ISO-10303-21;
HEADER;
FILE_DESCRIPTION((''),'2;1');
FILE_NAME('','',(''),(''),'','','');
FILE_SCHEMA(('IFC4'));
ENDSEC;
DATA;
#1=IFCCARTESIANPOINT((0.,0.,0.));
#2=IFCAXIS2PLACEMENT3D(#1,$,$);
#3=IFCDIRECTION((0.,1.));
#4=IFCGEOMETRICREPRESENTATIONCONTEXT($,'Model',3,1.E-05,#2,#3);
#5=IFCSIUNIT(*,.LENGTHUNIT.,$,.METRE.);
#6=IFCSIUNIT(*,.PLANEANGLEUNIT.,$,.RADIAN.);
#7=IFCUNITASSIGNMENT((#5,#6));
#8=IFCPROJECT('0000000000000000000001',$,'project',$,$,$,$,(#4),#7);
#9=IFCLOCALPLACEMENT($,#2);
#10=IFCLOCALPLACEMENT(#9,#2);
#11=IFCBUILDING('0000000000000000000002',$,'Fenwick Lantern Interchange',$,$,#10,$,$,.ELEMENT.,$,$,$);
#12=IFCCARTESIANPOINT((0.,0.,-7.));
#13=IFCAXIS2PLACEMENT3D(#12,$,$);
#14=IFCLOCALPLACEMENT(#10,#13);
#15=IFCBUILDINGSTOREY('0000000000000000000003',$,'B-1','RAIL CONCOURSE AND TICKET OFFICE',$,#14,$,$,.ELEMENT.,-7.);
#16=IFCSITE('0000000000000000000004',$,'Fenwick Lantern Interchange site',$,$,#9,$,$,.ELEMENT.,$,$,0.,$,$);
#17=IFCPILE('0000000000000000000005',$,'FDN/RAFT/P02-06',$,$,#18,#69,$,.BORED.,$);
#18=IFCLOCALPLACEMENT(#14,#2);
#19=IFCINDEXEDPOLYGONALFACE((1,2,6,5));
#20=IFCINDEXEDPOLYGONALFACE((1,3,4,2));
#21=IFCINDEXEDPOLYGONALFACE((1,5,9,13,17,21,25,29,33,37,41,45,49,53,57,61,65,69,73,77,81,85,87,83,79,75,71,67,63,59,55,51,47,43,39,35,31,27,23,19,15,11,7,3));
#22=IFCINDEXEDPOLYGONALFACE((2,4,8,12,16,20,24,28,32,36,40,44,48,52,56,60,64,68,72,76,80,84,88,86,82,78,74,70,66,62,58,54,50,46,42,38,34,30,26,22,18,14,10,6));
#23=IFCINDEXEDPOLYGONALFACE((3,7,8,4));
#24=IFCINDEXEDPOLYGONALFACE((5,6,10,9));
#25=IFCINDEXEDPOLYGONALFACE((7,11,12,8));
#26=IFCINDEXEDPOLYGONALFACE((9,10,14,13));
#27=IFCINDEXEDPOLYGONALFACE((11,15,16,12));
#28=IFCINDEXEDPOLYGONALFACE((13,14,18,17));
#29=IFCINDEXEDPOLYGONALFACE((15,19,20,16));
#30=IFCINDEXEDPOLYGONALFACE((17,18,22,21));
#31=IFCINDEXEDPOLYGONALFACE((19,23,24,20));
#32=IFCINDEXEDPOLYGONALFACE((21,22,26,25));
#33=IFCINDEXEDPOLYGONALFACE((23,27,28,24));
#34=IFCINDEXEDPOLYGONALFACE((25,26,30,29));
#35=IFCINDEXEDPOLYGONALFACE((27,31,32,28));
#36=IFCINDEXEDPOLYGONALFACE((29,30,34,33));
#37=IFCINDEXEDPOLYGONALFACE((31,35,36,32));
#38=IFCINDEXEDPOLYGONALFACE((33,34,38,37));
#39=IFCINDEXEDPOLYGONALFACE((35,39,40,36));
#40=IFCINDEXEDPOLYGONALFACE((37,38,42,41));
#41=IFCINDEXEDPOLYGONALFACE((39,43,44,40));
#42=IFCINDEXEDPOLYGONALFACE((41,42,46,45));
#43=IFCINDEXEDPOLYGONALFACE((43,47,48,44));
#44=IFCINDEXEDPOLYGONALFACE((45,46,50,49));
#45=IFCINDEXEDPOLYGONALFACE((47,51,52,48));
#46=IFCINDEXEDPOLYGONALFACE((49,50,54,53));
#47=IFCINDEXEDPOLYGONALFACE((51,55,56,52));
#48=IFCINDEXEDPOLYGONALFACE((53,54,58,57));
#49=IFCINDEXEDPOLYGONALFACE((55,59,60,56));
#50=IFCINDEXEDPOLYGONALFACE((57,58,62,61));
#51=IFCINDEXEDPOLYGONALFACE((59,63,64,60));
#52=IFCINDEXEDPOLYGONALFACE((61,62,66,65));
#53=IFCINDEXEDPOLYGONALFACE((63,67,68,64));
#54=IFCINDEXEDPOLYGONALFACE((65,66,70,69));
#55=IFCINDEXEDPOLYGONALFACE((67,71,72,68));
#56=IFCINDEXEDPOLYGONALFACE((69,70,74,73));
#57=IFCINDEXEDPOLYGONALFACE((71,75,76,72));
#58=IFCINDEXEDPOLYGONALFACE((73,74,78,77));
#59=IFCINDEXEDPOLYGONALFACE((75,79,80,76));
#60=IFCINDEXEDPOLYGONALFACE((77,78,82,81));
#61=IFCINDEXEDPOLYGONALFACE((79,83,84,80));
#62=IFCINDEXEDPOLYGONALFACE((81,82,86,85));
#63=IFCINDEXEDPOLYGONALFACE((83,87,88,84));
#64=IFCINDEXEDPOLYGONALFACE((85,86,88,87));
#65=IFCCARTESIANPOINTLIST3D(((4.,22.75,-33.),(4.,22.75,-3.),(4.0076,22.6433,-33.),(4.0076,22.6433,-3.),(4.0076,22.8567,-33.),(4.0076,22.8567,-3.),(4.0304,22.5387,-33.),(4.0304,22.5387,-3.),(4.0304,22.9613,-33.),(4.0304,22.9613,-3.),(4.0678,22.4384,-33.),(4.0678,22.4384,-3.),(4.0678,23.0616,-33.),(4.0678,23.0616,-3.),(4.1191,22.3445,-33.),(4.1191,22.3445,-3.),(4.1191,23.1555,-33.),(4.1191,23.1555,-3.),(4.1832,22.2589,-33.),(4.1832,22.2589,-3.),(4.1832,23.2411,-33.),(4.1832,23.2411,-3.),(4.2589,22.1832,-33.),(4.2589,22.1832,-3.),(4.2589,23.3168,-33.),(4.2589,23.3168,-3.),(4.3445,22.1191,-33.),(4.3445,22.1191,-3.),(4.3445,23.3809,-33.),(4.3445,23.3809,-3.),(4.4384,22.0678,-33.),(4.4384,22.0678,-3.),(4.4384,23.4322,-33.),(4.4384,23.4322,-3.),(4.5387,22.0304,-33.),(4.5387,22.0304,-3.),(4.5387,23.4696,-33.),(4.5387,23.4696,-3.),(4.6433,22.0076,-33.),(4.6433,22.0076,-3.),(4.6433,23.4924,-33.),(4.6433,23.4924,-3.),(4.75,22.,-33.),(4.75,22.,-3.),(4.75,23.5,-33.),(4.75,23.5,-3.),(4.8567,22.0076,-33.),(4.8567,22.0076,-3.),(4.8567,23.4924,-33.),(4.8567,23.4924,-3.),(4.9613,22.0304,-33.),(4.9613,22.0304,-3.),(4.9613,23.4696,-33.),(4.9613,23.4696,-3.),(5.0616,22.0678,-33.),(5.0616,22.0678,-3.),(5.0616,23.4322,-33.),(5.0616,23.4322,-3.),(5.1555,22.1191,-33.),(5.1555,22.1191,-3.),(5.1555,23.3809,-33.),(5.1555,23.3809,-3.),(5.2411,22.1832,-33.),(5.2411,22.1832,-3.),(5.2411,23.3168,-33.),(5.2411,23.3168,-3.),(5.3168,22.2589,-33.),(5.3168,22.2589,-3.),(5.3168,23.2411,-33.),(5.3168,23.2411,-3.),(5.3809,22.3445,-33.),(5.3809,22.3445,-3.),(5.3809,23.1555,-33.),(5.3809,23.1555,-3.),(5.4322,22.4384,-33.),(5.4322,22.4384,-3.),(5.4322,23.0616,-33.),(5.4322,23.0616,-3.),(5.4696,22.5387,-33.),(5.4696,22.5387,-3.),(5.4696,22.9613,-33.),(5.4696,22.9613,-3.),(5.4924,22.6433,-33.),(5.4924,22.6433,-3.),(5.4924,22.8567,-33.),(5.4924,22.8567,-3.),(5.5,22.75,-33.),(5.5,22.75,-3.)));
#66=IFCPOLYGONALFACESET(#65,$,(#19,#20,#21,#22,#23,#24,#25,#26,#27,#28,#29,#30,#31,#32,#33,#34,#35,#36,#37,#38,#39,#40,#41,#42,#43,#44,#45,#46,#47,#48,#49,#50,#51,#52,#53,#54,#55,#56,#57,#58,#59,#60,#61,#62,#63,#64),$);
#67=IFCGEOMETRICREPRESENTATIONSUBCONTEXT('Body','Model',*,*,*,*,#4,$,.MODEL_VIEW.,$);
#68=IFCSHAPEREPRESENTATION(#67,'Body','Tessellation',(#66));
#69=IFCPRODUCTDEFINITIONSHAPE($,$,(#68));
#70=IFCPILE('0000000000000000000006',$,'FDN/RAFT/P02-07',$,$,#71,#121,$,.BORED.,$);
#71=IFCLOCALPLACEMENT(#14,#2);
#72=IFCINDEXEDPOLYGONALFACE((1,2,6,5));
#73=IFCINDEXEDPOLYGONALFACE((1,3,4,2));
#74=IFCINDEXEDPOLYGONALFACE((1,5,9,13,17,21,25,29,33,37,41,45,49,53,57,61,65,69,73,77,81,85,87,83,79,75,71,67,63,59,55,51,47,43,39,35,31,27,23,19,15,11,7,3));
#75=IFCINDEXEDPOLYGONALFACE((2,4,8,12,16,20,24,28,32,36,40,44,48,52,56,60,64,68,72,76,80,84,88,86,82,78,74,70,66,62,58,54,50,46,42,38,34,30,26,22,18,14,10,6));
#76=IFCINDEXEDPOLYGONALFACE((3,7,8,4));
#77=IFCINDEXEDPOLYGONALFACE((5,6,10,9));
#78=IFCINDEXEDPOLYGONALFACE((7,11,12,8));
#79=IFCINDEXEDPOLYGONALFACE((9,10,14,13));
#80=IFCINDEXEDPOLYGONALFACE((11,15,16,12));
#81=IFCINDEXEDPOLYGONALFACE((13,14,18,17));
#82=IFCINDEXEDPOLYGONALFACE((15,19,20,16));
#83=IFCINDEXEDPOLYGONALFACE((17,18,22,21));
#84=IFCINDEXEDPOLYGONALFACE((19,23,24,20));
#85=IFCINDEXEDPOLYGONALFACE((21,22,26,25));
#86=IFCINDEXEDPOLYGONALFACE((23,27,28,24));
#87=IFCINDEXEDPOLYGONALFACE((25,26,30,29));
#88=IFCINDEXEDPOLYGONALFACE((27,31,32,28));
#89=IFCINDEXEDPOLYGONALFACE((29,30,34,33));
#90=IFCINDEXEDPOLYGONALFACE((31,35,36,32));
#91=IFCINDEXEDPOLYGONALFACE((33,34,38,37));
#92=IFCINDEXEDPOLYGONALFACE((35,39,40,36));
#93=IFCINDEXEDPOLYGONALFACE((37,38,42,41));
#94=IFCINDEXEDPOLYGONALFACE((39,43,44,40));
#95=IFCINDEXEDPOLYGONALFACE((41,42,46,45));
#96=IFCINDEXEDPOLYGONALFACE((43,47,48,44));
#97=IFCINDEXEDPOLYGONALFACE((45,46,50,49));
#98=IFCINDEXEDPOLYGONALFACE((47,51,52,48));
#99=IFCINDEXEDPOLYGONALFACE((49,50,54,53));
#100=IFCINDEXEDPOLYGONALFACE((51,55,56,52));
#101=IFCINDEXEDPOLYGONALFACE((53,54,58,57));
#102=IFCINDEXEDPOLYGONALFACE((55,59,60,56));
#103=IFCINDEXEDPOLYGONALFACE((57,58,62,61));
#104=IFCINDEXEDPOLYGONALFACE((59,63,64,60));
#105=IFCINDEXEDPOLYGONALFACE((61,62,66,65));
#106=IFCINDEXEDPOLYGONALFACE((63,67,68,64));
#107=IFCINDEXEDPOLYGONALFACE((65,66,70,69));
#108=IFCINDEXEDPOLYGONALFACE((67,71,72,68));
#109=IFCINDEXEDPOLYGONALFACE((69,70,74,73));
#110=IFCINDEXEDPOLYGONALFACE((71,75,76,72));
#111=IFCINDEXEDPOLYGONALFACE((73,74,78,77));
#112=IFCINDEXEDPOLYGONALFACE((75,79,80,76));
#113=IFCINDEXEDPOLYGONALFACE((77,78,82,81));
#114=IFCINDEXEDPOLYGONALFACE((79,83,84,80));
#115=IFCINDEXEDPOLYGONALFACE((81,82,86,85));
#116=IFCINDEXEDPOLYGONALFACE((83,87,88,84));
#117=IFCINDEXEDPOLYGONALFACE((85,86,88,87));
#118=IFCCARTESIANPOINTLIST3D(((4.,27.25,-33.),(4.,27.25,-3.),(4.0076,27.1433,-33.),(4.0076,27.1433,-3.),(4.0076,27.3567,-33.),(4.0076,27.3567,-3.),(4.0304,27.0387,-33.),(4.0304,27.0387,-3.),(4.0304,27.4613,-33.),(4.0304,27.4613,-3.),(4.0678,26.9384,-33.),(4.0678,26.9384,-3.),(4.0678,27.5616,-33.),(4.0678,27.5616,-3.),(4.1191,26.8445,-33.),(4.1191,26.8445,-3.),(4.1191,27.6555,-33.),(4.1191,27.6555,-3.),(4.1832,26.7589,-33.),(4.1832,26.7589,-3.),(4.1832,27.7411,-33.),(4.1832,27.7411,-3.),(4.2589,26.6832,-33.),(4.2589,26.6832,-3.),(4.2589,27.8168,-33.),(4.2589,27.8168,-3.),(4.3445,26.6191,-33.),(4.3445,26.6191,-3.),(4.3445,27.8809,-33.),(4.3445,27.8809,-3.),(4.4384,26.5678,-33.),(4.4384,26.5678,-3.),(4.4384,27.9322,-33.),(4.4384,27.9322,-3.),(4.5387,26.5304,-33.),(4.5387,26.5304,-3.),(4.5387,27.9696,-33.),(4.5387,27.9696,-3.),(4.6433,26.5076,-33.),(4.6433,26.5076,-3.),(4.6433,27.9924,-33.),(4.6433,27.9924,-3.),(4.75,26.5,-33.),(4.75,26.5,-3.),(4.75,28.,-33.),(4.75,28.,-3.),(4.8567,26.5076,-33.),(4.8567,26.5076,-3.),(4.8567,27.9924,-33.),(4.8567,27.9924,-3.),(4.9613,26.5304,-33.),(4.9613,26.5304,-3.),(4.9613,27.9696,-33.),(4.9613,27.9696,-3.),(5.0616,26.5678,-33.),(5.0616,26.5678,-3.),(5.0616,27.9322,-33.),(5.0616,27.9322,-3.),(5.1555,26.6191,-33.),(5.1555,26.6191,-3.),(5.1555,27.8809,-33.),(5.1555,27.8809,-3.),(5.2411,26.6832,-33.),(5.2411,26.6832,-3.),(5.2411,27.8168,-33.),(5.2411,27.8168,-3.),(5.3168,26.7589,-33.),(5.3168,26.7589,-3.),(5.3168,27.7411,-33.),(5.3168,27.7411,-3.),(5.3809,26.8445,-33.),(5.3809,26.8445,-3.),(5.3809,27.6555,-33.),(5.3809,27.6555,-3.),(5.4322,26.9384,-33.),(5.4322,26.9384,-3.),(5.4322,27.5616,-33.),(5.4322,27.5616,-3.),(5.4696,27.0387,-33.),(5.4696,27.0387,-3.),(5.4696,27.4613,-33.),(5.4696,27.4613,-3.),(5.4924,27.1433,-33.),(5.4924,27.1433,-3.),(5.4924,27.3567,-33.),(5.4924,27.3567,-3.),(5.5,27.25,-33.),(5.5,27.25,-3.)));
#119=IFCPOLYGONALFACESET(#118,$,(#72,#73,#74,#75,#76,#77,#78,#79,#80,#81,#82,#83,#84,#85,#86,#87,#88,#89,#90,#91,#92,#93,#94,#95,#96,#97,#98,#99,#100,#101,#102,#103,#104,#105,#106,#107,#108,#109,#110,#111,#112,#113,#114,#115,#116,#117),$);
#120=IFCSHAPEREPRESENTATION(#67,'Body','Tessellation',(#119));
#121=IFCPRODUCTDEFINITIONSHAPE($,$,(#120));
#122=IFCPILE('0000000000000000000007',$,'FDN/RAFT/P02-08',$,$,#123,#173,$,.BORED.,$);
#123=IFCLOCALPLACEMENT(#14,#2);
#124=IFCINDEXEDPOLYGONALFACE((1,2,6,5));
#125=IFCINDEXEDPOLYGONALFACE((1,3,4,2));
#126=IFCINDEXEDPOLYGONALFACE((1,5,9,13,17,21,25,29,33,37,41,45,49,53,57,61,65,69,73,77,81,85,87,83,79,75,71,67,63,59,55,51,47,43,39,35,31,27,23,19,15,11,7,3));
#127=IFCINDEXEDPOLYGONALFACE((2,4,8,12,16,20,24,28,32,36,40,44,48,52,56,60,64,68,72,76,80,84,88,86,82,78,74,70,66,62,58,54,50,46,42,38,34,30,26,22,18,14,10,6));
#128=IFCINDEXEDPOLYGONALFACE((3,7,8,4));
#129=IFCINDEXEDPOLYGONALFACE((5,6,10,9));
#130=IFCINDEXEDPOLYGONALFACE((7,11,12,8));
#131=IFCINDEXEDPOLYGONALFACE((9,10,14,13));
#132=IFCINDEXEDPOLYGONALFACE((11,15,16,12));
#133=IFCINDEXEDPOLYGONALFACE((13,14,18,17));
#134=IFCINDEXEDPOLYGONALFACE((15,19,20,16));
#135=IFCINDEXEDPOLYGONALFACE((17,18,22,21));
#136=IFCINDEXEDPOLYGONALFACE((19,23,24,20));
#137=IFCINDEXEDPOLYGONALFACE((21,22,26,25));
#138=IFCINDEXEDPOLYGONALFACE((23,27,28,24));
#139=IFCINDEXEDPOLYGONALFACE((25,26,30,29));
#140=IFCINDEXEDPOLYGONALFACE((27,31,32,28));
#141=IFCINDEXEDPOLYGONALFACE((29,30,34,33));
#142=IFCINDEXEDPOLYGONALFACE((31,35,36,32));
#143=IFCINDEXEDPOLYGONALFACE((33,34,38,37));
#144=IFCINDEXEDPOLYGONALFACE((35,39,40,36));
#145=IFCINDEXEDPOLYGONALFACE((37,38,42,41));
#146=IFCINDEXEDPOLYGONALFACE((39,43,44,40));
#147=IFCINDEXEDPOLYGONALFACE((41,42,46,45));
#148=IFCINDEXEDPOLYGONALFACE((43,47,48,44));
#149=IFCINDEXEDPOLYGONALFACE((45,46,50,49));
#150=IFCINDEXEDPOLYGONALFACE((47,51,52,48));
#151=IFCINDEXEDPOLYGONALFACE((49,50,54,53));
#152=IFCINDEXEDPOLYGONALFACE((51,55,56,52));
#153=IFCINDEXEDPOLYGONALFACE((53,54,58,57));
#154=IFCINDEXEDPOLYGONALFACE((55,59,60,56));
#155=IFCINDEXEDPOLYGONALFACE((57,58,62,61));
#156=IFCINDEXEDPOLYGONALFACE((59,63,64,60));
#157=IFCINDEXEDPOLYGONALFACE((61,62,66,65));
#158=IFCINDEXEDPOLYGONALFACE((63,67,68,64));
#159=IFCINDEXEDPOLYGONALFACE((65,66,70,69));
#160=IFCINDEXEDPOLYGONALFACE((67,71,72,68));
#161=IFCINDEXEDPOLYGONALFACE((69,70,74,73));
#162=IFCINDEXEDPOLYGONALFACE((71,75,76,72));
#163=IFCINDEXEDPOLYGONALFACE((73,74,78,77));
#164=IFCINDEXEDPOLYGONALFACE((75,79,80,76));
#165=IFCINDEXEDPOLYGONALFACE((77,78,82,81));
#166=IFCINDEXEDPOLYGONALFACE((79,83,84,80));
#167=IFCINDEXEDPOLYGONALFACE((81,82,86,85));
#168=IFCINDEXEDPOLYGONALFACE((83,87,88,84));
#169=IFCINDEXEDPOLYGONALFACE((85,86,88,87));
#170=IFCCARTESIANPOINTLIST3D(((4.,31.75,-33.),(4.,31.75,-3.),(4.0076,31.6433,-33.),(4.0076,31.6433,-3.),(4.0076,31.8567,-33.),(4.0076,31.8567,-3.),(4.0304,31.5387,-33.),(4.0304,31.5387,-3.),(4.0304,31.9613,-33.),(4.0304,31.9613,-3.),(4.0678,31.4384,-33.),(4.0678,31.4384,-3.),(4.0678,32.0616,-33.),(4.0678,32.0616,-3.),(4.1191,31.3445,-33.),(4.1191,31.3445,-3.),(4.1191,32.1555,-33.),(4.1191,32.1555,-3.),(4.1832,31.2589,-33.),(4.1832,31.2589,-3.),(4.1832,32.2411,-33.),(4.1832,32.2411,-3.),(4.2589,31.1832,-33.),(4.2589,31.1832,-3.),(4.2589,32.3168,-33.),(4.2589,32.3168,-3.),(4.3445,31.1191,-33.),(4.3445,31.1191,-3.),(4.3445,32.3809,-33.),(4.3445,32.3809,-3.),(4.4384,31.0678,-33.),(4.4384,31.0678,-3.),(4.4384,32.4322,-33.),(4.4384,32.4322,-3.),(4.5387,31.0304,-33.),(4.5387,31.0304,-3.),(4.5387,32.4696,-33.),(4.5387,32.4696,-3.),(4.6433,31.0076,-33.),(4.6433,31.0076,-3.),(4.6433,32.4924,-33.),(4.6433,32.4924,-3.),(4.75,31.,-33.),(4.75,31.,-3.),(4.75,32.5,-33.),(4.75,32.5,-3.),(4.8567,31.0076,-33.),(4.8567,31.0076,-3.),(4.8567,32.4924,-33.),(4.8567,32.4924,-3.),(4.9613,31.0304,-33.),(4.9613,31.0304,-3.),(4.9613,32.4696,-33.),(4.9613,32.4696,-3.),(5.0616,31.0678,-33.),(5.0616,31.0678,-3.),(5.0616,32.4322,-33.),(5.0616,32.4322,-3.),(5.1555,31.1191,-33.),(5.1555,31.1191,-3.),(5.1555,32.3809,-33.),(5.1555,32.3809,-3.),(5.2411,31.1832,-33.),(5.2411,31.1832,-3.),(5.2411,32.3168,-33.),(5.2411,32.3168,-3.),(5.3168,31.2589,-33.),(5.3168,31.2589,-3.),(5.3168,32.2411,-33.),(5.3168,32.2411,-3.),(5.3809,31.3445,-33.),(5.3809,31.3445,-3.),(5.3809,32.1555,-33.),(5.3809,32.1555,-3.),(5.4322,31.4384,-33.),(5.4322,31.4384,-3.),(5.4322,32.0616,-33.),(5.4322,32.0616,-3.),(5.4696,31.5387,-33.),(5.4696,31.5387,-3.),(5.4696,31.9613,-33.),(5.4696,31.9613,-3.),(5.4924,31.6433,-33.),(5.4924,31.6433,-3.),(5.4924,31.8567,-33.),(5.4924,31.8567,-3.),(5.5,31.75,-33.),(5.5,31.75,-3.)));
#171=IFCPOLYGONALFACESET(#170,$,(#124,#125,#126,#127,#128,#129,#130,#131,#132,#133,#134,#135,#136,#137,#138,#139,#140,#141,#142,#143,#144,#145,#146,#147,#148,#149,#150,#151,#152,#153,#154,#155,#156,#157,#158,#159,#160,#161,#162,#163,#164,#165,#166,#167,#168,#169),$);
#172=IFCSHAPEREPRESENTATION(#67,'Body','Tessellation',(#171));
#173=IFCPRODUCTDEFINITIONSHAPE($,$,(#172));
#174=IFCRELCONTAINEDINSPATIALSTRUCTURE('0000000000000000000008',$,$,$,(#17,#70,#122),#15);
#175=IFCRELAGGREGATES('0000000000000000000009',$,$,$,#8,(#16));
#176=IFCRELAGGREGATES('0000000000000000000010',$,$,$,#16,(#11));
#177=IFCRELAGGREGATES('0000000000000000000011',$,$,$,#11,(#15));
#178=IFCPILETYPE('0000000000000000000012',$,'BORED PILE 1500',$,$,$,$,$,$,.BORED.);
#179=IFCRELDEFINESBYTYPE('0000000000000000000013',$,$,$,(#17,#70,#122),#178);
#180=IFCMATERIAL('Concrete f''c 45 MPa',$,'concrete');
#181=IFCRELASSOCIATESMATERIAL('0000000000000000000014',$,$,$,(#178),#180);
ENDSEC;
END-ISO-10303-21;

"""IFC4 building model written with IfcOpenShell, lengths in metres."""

from ifc_helpers import new_model, si_unit, direction, frame, origin, origin_2d, place, context, subcontext, project, spatial, circle, extrude, material, type_object, element, save


model = new_model("IFC4")

# Units and contexts
model_context = context("Model", 3, precision=1e-05, world=origin(), true_north=direction((0.0, 1.0)))
body_context = subcontext(model_context, "Body", "Model", "MODEL_VIEW")
ifc_project = project(units=[si_unit("LENGTHUNIT", "METRE"), si_unit("PLANEANGLEUNIT", "RADIAN")], contexts=[model_context])

# Site, building, storey
site_placement = place(None, origin())
site = spatial("IfcSite", under=ifc_project, at=site_placement, Name="Fenwick Lantern Interchange site", CompositionType="ELEMENT", RefElevation=0.0)
building_placement = place(site_placement, origin())
building = spatial("IfcBuilding", under=site, at=building_placement, Name="Fenwick Lantern Interchange", CompositionType="ELEMENT")
storey_placement = place(building_placement, frame((0.0, 0.0, -7.0)))
storey = spatial("IfcBuildingStorey", under=building, at=storey_placement, Name="B-1", Description="RAIL CONCOURSE AND TICKET OFFICE", CompositionType="ELEMENT", Elevation=-7.0)

# Piles
ifc_material_1 = material(Name="Concrete f'c 45 MPa", Category="concrete")
pile_type = type_object("IfcPileType", Name="BORED PILE 1500", PredefinedType="BORED", material=ifc_material_1)
for number, where, z_axis, x_axis, name in (
    (1, (4.75, 22.75, -3.0), (0.0, 0.0, -1.0), (1.0, 0.0, 0.0), "FDN/RAFT/P02-06"),
    (2, (4.75, 27.25, -3.0), (0.0, 0.0, -1.0), (1.0, 0.0, 0.0), "FDN/RAFT/P02-07"),
    (3, (4.75, 31.75, -3.0), (0.0, 0.0, -1.0), (1.0, 0.0, 0.0), "FDN/RAFT/P02-08"),
):
    element("IfcPile", number, at=place(storey_placement, frame(where, z_axis=z_axis, x_axis=x_axis)), inside=storey, type_object=pile_type, Name=name, PredefinedType="BORED", context=body_context, shape_type="SweptSolid", body=[
        extrude(circle(Radius=0.75, at=origin_2d()), origin(), (0.0, 0.0, 1.0), 30.0),
    ])

save(model, "model.ifc")
